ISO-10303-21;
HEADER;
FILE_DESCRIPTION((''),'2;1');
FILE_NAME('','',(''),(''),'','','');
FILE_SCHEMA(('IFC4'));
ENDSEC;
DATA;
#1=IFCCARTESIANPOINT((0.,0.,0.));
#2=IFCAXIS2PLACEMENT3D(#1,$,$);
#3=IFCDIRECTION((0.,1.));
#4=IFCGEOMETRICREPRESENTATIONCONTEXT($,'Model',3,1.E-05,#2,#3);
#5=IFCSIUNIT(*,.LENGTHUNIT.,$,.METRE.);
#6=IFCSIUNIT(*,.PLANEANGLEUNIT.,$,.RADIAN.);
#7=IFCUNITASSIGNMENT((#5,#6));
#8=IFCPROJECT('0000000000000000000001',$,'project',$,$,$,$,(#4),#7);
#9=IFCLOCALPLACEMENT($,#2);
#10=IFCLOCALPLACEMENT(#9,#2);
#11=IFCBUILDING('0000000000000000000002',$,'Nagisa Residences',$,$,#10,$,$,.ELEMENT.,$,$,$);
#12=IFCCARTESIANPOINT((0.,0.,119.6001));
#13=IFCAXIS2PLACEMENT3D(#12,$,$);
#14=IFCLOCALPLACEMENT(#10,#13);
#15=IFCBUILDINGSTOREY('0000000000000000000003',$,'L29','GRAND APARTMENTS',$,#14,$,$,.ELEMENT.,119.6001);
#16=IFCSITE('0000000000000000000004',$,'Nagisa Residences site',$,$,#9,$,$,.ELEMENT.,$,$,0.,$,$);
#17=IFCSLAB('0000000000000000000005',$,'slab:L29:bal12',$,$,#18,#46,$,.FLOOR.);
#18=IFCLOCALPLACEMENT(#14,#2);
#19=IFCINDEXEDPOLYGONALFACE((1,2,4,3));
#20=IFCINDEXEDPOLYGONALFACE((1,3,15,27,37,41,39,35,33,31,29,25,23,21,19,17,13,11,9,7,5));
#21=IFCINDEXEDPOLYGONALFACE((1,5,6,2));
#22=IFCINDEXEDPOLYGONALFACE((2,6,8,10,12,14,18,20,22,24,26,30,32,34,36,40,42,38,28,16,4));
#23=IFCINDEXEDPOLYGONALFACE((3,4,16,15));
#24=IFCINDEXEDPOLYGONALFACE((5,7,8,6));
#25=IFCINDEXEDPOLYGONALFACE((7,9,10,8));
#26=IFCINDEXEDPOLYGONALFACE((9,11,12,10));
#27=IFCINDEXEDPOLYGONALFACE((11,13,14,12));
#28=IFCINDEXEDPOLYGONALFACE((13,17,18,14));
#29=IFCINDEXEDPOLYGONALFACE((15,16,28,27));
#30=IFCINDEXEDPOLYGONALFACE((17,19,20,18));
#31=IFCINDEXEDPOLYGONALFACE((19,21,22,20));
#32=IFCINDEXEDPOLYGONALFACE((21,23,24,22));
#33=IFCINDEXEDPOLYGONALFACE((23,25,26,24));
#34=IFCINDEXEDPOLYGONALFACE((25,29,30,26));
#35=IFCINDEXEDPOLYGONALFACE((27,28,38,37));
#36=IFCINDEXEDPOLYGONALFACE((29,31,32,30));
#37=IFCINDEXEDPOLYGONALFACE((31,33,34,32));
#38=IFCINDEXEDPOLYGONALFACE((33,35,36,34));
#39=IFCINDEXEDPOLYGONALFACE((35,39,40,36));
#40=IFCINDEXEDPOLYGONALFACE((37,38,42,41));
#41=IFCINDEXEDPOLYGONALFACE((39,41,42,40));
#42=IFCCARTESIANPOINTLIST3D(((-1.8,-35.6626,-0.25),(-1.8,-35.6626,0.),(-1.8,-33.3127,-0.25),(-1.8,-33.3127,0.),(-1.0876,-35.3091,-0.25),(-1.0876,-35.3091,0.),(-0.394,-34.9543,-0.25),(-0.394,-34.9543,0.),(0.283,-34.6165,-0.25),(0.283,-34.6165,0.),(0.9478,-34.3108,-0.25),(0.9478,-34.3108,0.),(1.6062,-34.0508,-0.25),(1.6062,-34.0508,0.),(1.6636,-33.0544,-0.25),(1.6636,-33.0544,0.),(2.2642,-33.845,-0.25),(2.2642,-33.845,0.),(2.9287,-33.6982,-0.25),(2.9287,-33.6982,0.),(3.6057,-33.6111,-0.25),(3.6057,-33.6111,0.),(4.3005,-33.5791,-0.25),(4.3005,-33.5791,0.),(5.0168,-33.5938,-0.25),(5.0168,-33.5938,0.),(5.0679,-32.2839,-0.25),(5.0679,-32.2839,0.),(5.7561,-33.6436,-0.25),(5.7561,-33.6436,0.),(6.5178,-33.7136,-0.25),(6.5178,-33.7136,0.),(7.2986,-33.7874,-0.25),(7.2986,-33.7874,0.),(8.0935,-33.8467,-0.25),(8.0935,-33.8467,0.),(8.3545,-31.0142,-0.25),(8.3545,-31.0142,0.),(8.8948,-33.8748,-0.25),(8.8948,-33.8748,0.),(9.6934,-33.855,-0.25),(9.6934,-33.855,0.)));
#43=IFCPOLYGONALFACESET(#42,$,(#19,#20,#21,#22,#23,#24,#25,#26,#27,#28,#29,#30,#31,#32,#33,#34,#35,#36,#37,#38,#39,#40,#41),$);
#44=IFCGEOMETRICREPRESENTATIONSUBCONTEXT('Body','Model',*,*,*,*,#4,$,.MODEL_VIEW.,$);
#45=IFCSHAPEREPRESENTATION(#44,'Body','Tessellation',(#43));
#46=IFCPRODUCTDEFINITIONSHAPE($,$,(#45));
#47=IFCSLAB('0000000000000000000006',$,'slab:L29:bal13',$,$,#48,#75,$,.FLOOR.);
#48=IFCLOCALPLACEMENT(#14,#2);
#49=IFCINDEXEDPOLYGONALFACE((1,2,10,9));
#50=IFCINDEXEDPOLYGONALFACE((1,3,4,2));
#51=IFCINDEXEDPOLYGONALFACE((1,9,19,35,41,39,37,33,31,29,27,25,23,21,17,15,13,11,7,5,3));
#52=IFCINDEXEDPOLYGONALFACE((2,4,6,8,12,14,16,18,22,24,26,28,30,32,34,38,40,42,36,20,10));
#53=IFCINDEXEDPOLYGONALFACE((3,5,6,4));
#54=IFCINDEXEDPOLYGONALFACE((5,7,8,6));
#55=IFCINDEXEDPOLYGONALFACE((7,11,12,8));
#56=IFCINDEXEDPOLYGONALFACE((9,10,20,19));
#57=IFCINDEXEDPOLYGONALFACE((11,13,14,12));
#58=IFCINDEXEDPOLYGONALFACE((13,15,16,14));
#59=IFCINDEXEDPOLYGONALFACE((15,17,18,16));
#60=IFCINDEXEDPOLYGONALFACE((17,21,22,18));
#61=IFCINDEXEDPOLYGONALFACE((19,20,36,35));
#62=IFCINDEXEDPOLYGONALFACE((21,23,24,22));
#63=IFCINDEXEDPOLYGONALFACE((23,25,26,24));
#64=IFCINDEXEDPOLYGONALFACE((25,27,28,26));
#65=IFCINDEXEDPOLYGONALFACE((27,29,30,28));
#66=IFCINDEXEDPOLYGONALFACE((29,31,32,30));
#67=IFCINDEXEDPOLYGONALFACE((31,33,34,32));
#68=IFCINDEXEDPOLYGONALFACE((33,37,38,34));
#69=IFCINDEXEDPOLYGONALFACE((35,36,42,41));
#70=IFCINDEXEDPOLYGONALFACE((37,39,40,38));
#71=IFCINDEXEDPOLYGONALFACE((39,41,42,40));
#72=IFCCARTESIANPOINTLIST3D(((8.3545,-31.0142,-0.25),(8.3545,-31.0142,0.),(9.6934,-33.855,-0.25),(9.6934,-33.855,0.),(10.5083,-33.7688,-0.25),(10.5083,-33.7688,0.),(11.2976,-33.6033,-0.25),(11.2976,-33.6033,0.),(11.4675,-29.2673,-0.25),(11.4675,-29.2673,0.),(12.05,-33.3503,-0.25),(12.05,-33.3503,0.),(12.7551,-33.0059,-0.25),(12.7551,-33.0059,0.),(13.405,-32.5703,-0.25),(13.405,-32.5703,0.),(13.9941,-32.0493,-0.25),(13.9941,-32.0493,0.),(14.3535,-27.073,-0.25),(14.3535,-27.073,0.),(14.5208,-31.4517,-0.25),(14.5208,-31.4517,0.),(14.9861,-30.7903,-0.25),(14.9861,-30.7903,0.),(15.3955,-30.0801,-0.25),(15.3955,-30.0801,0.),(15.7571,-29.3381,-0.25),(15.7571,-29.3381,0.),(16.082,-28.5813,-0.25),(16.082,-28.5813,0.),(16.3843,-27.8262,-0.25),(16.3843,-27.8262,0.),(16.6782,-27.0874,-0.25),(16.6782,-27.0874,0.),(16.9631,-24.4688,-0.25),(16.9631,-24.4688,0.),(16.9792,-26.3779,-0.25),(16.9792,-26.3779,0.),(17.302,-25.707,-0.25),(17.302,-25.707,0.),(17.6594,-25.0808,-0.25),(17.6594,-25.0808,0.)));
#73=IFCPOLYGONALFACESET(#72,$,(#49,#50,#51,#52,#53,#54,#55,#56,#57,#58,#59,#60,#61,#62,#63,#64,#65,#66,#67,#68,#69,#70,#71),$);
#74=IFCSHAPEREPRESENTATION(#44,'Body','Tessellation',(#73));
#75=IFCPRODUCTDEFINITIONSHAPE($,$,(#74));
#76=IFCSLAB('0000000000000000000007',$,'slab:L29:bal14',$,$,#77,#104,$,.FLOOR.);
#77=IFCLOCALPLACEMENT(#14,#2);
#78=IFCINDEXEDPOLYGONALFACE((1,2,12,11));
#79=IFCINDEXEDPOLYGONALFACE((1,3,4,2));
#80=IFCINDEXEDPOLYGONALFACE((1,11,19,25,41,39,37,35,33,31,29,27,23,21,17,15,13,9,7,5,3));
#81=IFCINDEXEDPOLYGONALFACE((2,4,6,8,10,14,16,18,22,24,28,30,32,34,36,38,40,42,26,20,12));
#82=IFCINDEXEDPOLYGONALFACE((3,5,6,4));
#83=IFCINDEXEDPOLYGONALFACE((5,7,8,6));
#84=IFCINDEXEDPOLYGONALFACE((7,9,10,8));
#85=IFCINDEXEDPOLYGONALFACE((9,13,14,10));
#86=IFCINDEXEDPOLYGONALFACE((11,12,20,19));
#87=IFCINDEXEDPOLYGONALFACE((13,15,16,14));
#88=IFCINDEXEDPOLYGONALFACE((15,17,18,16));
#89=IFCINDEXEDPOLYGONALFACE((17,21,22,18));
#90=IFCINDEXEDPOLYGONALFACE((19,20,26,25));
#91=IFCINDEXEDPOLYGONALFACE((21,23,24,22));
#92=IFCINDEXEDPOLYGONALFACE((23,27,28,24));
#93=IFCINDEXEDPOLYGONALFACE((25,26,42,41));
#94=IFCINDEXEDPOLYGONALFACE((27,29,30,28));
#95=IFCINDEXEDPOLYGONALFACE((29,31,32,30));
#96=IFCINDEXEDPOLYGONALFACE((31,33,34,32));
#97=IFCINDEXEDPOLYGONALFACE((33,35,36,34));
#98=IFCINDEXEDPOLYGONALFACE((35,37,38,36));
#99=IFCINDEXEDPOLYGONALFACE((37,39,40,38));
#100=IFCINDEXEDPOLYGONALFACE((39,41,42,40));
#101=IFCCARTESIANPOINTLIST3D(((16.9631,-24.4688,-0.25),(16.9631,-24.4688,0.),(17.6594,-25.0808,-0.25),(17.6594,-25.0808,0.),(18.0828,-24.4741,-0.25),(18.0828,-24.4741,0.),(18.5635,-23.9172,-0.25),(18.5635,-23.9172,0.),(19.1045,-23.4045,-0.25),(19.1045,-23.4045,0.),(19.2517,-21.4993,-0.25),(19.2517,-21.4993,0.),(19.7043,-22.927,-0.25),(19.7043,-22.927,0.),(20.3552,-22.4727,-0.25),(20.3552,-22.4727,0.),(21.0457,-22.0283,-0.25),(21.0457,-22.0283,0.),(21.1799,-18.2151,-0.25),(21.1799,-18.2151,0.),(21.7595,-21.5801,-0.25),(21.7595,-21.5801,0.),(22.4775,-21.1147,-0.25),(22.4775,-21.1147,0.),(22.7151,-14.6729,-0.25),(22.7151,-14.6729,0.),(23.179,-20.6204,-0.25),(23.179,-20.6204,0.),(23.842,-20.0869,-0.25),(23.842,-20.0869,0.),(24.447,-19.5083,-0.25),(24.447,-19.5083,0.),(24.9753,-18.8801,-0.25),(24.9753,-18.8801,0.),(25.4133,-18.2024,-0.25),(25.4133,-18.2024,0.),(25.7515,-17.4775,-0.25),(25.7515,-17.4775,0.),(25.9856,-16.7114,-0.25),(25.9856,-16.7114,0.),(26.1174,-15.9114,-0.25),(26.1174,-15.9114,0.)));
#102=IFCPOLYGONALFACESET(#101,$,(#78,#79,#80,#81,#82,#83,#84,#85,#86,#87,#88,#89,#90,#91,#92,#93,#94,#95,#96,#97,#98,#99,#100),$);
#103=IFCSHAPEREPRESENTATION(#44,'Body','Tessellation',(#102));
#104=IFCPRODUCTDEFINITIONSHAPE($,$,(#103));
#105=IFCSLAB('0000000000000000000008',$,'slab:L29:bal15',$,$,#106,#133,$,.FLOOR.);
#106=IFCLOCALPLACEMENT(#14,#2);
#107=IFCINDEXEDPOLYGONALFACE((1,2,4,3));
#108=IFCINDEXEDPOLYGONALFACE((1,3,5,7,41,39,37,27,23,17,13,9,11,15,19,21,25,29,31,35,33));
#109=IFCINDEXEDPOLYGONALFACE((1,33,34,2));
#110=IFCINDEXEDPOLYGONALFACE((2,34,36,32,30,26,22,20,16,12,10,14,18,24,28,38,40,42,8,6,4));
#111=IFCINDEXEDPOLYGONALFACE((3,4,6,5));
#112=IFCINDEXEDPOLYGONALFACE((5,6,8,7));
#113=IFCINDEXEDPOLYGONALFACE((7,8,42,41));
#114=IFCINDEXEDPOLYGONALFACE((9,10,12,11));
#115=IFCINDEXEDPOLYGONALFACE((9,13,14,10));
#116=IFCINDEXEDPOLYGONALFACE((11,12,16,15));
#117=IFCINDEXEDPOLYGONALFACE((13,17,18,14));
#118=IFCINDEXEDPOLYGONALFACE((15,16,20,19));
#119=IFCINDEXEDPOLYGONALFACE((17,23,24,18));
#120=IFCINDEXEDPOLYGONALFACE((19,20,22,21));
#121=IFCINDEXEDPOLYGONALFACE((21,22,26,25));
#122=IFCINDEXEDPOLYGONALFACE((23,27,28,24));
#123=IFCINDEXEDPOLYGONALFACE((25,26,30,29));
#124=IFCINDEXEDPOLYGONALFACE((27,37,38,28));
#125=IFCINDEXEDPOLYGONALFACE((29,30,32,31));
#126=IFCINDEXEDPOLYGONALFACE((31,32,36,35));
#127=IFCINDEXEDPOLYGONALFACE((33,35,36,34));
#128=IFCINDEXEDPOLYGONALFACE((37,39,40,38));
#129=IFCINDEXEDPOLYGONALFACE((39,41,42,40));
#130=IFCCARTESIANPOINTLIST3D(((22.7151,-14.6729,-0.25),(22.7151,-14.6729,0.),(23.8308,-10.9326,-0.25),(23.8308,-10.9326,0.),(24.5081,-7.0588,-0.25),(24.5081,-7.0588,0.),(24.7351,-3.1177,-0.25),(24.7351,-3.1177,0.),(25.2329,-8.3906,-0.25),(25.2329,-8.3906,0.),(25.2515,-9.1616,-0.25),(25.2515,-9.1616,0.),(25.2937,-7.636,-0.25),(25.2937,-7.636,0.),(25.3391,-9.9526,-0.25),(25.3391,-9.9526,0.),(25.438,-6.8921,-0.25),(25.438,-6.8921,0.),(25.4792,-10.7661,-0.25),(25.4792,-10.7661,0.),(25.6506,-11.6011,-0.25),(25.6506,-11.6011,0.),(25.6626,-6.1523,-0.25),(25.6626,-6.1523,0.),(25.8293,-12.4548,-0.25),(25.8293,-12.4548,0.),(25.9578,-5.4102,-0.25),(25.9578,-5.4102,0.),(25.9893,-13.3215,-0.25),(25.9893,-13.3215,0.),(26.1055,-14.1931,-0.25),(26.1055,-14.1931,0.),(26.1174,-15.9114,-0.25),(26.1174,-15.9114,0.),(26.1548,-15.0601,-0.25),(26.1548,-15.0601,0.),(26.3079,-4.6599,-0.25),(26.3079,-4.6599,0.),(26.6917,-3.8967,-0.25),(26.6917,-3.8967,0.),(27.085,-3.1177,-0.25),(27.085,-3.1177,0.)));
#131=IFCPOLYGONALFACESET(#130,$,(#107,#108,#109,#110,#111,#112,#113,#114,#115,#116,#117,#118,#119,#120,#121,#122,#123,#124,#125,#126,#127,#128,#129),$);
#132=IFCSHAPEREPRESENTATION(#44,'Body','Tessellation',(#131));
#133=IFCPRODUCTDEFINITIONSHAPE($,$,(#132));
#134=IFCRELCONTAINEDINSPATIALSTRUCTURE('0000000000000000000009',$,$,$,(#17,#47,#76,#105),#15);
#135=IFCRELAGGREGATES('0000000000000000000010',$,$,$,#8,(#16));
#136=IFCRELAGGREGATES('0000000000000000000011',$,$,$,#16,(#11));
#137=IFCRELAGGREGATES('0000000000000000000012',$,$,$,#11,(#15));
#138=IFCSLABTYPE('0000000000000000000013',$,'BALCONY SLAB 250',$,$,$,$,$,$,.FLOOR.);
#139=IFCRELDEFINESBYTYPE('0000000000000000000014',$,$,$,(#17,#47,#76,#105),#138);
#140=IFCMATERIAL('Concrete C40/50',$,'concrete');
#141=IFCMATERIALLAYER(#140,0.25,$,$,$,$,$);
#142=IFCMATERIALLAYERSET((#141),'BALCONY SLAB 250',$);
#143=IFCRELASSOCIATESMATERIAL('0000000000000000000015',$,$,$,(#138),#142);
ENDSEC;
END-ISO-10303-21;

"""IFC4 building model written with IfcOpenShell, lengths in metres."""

from ifc_helpers import new_model, si_unit, direction, frame, origin, place, context, subcontext, project, spatial, polyline, outline, extrude, material, layer, layer_set, type_object, element, save


model = new_model("IFC4")

# Units and contexts
model_context = context("Model", 3, precision=1e-05, world=origin(), true_north=direction((0.0, 1.0)))
body_context = subcontext(model_context, "Body", "Model", "MODEL_VIEW")
ifc_project = project(units=[si_unit("LENGTHUNIT", "METRE"), si_unit("PLANEANGLEUNIT", "RADIAN")], contexts=[model_context])

# Site, building, storey
site_placement = place(None, origin())
site = spatial("IfcSite", under=ifc_project, at=site_placement, Name="Nagisa Residences site", CompositionType="ELEMENT", RefElevation=0.0)
building_placement = place(site_placement, origin())
building = spatial("IfcBuilding", under=site, at=building_placement, Name="Nagisa Residences", CompositionType="ELEMENT")
storey_placement = place(building_placement, frame((0.0, 0.0, 119.6001)))
storey = spatial("IfcBuildingStorey", under=building, at=storey_placement, Name="L29", Description="GRAND APARTMENTS", CompositionType="ELEMENT", Elevation=119.6001)

# Slabs
ifc_material_1 = material(Name="Concrete C40/50", Category="concrete")
ifc_layer_1 = layer(ifc_material_1, 0.25)
ifc_layer_set_1 = layer_set([ifc_layer_1], Name="BALCONY SLAB 250")
slab_type_1 = type_object("IfcSlabType", Name="BALCONY SLAB 250", PredefinedType="FLOOR", material=ifc_layer_set_1)
slab_1_placement = place(storey_placement, frame((0.0, 0.0, -0.25)))
element("IfcSlab", 1, at=slab_1_placement, inside=storey, type_object=slab_type_1, Name="slab:L29:bal12", PredefinedType="FLOOR", context=body_context, shape_type="SweptSolid", body=[
    extrude(outline(polyline([(-1.8, -35.6626), (-1.0876, -35.3091), (-0.394, -34.9543), (0.283, -34.6165), (0.9478, -34.3108), (1.6062, -34.0508), (2.2642, -33.845), (2.9287, -33.6982), (3.6057, -33.6111), (4.3005, -33.5791), (5.0168, -33.5938), (5.7561, -33.6436), (6.5178, -33.7136), (7.2986, -33.7874), (8.0935, -33.8467), (8.8948, -33.8748), (9.6934, -33.855), (8.3545, -31.0142), (5.0679, -32.2839), (1.6636, -33.0544), (-1.8, -33.3127), (-1.8, -35.6626)])), origin(), (0.0, 0.0, 1.0), 0.25),
])
slab_2_placement = place(storey_placement, frame((0.0, 0.0, -0.25)))
element("IfcSlab", 2, at=slab_2_placement, inside=storey, type_object=slab_type_1, Name="slab:L29:bal13", PredefinedType="FLOOR", context=body_context, shape_type="SweptSolid", body=[
    extrude(outline(polyline([(9.6934, -33.855), (10.5083, -33.7688), (11.2976, -33.6033), (12.05, -33.3503), (12.7551, -33.0059), (13.405, -32.5703), (13.9941, -32.0493), (14.5208, -31.4517), (14.9861, -30.7903), (15.3955, -30.0801), (15.7571, -29.3381), (16.082, -28.5813), (16.3843, -27.8262), (16.6782, -27.0874), (16.9792, -26.3779), (17.302, -25.707), (17.6594, -25.0808), (16.9631, -24.4688), (14.3535, -27.073), (11.4675, -29.2673), (8.3545, -31.0142), (9.6934, -33.855)])), origin(), (0.0, 0.0, 1.0), 0.25),
])
slab_3_placement = place(storey_placement, frame((0.0, 0.0, -0.25)))
element("IfcSlab", 3, at=slab_3_placement, inside=storey, type_object=slab_type_1, Name="slab:L29:bal14", PredefinedType="FLOOR", context=body_context, shape_type="SweptSolid", body=[
    extrude(outline(polyline([(17.6594, -25.0808), (18.0828, -24.4741), (18.5635, -23.9172), (19.1045, -23.4045), (19.7043, -22.927), (20.3552, -22.4727), (21.0457, -22.0283), (21.7595, -21.5801), (22.4775, -21.1147), (23.179, -20.6204), (23.842, -20.0869), (24.447, -19.5083), (24.9753, -18.8801), (25.4133, -18.2024), (25.7515, -17.4775), (25.9856, -16.7114), (26.1174, -15.9114), (22.7151, -14.6729), (21.1799, -18.2151), (19.2517, -21.4993), (16.9631, -24.4688), (17.6594, -25.0808)])), origin(), (0.0, 0.0, 1.0), 0.25),
])
slab_4_placement = place(storey_placement, frame((0.0, 0.0, -0.25)))
element("IfcSlab", 4, at=slab_4_placement, inside=storey, type_object=slab_type_1, Name="slab:L29:bal15", PredefinedType="FLOOR", context=body_context, shape_type="SweptSolid", body=[
    extrude(outline(polyline([(26.1174, -15.9114), (26.1548, -15.0601), (26.1055, -14.1931), (25.9893, -13.3215), (25.8293, -12.4548), (25.6506, -11.6011), (25.4792, -10.7661), (25.3391, -9.9526), (25.2515, -9.1616), (25.2329, -8.3906), (25.2937, -7.636), (25.438, -6.8921), (25.6626, -6.1523), (25.9578, -5.4102), (26.3079, -4.6599), (26.6917, -3.8967), (27.085, -3.1177), (24.7351, -3.1177), (24.5081, -7.0588), (23.8308, -10.9326), (22.7151, -14.6729), (26.1174, -15.9114)])), origin(), (0.0, 0.0, 1.0), 0.25),
])

save(model, "model.ifc")
